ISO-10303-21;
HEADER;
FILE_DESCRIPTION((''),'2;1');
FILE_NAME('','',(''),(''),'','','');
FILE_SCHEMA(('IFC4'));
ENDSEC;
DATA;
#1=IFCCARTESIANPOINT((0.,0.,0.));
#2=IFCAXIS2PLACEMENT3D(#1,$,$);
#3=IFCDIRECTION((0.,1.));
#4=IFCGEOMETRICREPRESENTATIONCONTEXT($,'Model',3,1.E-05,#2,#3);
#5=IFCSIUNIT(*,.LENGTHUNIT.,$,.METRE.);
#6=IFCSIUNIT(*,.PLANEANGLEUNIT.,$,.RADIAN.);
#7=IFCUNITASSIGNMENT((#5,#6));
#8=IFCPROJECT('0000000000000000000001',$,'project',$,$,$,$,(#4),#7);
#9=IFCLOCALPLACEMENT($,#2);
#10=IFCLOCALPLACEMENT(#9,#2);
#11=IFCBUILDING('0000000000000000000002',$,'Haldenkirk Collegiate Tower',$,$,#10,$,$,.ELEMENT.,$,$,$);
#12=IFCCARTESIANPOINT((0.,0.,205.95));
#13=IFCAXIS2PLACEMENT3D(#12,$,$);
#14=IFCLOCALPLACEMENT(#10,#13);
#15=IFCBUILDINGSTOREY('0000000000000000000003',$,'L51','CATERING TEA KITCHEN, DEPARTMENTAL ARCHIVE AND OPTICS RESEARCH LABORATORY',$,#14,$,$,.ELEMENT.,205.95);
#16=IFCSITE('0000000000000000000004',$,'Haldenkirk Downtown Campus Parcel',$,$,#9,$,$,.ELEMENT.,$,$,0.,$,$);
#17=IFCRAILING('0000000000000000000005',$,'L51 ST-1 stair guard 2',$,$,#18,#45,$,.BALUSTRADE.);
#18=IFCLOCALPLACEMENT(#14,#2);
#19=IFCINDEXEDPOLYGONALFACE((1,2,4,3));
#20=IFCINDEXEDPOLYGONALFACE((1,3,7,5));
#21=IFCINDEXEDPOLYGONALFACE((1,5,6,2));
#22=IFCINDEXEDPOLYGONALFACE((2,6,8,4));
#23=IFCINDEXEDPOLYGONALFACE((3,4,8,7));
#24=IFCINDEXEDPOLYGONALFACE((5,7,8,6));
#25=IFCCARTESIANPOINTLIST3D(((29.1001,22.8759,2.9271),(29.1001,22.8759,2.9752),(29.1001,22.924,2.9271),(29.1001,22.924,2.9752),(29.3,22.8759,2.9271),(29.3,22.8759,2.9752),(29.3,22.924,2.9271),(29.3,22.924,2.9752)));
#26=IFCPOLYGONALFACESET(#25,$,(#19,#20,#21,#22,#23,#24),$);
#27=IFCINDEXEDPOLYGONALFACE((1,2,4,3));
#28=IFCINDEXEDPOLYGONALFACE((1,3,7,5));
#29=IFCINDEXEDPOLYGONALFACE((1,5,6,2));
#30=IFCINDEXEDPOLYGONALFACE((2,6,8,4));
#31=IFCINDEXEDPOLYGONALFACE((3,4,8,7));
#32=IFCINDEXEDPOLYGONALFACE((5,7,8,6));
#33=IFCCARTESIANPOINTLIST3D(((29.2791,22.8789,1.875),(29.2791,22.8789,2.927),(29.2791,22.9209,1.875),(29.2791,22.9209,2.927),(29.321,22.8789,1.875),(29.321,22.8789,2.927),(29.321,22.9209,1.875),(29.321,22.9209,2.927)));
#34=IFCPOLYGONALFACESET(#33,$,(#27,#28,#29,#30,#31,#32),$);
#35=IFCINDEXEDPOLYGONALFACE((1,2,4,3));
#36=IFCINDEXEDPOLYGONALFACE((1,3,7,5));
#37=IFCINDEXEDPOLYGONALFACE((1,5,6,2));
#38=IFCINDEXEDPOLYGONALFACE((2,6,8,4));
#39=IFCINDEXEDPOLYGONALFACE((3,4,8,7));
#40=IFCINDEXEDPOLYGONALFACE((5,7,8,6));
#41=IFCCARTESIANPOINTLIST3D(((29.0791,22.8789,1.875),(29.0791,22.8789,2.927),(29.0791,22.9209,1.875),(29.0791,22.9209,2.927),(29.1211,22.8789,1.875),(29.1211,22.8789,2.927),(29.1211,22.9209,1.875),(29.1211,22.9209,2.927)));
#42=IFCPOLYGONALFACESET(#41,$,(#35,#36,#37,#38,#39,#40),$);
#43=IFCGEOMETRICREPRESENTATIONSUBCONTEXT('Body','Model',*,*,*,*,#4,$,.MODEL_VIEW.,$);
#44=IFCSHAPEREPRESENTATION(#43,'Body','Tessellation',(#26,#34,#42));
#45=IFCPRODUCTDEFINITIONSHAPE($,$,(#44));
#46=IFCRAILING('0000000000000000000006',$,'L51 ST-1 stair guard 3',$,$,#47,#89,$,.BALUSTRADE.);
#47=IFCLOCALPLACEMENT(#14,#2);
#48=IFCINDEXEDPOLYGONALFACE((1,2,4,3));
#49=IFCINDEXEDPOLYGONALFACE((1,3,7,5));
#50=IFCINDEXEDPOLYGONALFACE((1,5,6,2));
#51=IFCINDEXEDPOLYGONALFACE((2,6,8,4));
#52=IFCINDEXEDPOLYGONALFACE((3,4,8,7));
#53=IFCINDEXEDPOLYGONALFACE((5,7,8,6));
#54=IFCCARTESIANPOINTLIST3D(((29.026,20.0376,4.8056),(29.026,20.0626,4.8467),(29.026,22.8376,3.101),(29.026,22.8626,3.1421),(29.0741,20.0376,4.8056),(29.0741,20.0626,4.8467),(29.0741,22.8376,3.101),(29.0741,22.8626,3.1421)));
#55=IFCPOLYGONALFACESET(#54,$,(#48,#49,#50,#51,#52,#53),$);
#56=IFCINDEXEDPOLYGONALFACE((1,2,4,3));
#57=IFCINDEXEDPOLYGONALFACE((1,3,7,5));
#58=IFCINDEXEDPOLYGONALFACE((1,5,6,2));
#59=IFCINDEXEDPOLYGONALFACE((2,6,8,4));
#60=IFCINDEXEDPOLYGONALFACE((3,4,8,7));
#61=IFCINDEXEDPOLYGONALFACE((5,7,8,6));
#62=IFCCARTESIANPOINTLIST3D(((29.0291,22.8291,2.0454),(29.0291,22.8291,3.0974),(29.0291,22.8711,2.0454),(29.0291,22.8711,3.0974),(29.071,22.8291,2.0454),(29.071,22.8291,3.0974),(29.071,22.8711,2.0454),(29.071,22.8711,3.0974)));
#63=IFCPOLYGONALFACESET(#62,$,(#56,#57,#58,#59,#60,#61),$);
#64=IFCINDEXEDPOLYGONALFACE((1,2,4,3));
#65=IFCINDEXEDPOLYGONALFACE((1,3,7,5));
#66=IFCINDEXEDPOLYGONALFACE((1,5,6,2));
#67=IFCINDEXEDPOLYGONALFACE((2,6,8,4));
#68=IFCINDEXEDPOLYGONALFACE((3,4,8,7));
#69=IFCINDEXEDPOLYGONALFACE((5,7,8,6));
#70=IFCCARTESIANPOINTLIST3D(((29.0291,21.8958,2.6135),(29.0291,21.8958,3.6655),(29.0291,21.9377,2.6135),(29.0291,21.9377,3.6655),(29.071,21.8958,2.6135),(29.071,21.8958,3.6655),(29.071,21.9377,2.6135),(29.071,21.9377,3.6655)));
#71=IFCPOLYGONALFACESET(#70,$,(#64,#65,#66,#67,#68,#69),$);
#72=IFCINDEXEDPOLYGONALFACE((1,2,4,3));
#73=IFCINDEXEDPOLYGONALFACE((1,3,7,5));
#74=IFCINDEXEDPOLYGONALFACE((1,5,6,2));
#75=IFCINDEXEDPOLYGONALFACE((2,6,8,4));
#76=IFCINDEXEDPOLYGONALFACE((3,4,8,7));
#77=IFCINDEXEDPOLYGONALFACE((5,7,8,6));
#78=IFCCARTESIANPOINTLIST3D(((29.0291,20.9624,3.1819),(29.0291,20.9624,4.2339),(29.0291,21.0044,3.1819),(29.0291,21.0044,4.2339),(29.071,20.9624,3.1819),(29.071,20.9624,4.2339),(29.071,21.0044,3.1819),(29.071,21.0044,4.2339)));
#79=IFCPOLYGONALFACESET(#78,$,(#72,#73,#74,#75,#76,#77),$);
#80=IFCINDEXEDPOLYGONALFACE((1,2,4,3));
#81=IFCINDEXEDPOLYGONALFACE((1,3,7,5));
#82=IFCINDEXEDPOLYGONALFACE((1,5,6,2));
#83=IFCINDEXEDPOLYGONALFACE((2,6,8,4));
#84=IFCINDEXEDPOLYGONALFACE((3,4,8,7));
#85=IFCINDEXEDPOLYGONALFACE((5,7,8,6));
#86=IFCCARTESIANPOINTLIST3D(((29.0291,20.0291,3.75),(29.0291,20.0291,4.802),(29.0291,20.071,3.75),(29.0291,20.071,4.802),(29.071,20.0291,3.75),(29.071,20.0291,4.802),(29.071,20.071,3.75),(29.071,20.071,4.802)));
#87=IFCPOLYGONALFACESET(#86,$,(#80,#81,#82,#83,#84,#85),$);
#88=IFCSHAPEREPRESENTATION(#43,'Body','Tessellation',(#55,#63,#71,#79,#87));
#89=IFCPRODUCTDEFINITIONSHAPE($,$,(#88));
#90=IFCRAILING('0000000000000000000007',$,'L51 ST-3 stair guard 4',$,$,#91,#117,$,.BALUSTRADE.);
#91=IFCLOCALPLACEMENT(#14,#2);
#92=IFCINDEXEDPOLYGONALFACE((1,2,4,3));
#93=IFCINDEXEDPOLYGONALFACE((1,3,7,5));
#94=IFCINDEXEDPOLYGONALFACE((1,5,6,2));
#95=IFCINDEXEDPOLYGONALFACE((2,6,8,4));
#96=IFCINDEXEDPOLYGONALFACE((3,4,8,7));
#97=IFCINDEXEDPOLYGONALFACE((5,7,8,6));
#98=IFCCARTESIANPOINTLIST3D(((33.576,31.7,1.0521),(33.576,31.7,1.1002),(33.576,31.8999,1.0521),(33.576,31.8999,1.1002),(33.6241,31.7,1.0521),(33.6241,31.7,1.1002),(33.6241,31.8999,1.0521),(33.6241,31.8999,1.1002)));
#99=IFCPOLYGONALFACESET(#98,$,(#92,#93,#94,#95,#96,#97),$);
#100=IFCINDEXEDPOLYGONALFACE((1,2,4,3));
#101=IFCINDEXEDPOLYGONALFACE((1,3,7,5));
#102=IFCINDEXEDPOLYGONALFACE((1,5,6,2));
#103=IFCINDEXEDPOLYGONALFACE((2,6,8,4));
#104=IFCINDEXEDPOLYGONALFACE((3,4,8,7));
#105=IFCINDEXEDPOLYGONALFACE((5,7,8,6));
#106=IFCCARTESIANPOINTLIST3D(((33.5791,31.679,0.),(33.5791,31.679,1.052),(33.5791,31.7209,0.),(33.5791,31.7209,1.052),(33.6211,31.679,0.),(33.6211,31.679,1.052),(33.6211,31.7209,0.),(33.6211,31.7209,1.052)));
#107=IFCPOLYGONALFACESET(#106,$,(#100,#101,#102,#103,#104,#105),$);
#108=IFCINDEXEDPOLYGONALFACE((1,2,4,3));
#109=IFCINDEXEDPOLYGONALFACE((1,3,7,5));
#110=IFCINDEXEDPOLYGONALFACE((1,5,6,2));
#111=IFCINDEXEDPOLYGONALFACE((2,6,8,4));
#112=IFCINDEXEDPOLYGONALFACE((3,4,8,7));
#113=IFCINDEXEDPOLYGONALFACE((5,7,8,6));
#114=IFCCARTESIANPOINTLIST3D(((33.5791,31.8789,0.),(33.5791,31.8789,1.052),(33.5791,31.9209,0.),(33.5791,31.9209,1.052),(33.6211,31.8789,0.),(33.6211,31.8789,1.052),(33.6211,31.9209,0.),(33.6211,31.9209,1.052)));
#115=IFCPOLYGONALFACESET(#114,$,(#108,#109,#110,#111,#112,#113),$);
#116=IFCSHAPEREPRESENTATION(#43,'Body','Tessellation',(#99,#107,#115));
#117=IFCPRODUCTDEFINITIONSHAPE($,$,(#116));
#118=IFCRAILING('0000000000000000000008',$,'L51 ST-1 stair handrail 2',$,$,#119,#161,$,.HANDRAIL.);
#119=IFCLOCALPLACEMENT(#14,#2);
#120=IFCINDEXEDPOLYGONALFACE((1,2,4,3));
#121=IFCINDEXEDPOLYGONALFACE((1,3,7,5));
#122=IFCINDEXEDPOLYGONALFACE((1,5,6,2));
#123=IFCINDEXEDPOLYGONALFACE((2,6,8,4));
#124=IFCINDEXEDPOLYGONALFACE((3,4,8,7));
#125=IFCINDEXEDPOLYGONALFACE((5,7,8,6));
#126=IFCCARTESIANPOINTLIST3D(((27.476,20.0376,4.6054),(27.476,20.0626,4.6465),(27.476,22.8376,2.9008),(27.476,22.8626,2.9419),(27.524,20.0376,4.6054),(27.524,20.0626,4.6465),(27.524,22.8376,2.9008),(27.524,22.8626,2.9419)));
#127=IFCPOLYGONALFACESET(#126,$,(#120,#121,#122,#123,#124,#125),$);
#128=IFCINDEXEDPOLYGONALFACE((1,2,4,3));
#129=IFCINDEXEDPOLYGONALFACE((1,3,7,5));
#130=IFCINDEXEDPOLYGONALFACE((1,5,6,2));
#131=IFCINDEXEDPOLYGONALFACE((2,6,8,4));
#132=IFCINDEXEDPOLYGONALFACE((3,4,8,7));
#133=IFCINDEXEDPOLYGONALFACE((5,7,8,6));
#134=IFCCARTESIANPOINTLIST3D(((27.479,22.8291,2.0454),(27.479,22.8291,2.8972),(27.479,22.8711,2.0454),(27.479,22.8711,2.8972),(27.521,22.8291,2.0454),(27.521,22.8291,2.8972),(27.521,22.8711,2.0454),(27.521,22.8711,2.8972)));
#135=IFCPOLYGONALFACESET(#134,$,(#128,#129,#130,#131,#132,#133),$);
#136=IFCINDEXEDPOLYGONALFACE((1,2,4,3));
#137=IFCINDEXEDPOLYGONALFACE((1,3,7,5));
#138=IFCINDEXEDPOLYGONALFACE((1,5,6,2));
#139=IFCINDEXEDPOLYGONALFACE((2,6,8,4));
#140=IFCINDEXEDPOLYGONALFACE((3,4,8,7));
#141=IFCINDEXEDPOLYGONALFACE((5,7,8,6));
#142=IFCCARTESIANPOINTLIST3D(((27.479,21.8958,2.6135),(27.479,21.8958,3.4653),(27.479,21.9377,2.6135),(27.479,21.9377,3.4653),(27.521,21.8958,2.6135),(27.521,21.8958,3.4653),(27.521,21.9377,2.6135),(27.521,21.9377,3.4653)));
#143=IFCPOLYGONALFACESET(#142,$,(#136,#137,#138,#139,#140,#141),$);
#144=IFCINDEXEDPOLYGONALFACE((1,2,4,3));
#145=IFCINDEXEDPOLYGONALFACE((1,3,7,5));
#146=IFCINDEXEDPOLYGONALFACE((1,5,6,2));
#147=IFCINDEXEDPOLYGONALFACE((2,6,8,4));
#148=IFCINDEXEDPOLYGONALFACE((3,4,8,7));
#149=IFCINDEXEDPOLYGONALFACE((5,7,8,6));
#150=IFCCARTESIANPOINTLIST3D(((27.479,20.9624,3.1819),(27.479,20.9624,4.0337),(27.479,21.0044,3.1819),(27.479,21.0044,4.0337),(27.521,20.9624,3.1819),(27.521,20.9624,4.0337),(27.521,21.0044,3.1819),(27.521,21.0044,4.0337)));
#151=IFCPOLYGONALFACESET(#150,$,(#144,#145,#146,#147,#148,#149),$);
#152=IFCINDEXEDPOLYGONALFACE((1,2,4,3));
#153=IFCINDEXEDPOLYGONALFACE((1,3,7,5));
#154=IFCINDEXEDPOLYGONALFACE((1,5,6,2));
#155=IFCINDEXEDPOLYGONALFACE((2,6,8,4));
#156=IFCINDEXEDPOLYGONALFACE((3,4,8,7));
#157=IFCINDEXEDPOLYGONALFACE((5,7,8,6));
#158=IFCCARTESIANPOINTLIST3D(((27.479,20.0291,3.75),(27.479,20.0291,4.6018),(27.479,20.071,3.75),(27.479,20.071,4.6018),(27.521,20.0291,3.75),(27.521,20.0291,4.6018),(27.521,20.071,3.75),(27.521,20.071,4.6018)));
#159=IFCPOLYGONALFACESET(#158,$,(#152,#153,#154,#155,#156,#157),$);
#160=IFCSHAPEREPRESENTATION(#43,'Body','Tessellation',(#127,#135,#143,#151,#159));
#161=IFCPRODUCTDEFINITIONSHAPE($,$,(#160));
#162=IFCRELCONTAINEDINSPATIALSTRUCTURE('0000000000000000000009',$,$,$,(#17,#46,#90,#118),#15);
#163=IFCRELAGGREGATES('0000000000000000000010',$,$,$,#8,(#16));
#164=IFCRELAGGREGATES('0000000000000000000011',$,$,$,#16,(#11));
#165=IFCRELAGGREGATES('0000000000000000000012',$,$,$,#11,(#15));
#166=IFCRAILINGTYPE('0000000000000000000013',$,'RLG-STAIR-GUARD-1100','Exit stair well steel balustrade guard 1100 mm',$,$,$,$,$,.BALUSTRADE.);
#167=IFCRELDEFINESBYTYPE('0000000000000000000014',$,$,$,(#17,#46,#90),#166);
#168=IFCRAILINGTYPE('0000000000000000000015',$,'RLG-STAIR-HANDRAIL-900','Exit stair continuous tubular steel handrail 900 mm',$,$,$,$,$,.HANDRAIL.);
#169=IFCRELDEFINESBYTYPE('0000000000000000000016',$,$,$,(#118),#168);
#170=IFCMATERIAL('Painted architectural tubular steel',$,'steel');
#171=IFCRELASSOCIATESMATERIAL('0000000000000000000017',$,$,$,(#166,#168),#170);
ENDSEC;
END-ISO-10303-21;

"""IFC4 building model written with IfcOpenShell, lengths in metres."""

from ifc_helpers import new_model, si_unit, direction, frame, origin, origin_2d, place, context, subcontext, project, spatial, rectangle, extrude, material, type_object, element, save


model = new_model("IFC4")

# Units and contexts
model_context = context("Model", 3, precision=1e-05, world=origin(), true_north=direction((0.0, 1.0)))
body_context = subcontext(model_context, "Body", "Model", "MODEL_VIEW")
ifc_project = project(units=[si_unit("LENGTHUNIT", "METRE"), si_unit("PLANEANGLEUNIT", "RADIAN")], contexts=[model_context])

# Site, building, storey
site_placement = place(None, origin())
site = spatial("IfcSite", under=ifc_project, at=site_placement, Name="Haldenkirk Downtown Campus Parcel", CompositionType="ELEMENT", RefElevation=0.0)
building_placement = place(site_placement, origin())
building = spatial("IfcBuilding", under=site, at=building_placement, Name="Haldenkirk Collegiate Tower", CompositionType="ELEMENT")
storey_placement = place(building_placement, frame((0.0, 0.0, 205.95)))
storey = spatial("IfcBuildingStorey", under=building, at=storey_placement, Name="L51", Description="CATERING TEA KITCHEN, DEPARTMENTAL ARCHIVE AND OPTICS RESEARCH LABORATORY", CompositionType="ELEMENT", Elevation=205.95)

# Railings
ifc_material_1 = material(Name="Painted architectural tubular steel", Category="steel")
railing_type_1 = type_object("IfcRailingType", Name="RLG-STAIR-GUARD-1100", Description="Exit stair well steel balustrade guard 1100 mm", PredefinedType="BALUSTRADE", material=ifc_material_1)
railing_1_placement = place(storey_placement, frame((29.3, 22.8999, 1.875)))
element("IfcRailing", 1, at=railing_1_placement, inside=storey, type_object=railing_type_1, Name="L51 ST-1 stair guard 2", PredefinedType="BALUSTRADE", context=body_context, shape_type="SweptSolid", body=[
    extrude(rectangle(XDim=0.0481, YDim=0.0481, at=origin_2d()), frame((0.0, 0.0, 1.0762), z_axis=(-1.0, 0.0, 0.0), x_axis=(0.0, -1.0, 0.0)), (0.0, 0.0, 1.0), 0.2),
    extrude(rectangle(XDim=0.042, YDim=0.042, at=origin_2d()), origin(), (0.0, 0.0, 1.0), 1.052),
    extrude(rectangle(XDim=0.042, YDim=0.042, at=origin_2d()), frame((-0.2, 0.0, 0.0)), (0.0, 0.0, 1.0), 1.052),
])
railing_2_placement = place(storey_placement, frame((29.05, 22.8501, 2.0454)))
element("IfcRailing", 2, at=railing_2_placement, inside=storey, type_object=railing_type_1, Name="L51 ST-1 stair guard 3", PredefinedType="BALUSTRADE", context=body_context, shape_type="SweptSolid", body=[
    extrude(rectangle(XDim=0.0481, YDim=0.0481, at=origin_2d()), frame((0.0, 0.0, 1.0762), z_axis=(0.0, -0.85417, 0.519994), x_axis=(1.0, 0.0, 0.0)), (0.0, 0.0, 1.0), 3.2781),
    extrude(rectangle(XDim=0.042, YDim=0.042, at=origin_2d()), origin(), (0.0, 0.0, 1.0), 1.052),
    extrude(rectangle(XDim=0.042, YDim=0.042, at=origin_2d()), frame((0.0, -0.9333, 0.5681)), (0.0, 0.0, 1.0), 1.052),
    extrude(rectangle(XDim=0.042, YDim=0.042, at=origin_2d()), frame((0.0, -1.8667, 1.1365)), (0.0, 0.0, 1.0), 1.052),
    extrude(rectangle(XDim=0.042, YDim=0.042, at=origin_2d()), frame((0.0, -2.8, 1.7046)), (0.0, 0.0, 1.0), 1.052),
])
railing_3_placement = place(storey_placement, frame((33.6001, 31.7, 0.0)))
element("IfcRailing", 3, at=railing_3_placement, inside=storey, type_object=railing_type_1, Name="L51 ST-3 stair guard 4", PredefinedType="BALUSTRADE", context=body_context, shape_type="SweptSolid", body=[
    extrude(rectangle(XDim=0.0481, YDim=0.0481, at=origin_2d()), frame((0.0, 0.0, 1.0762), z_axis=(0.0, 1.0, 0.0), x_axis=(-1.0, 0.0, 0.0)), (0.0, 0.0, 1.0), 0.2),
    extrude(rectangle(XDim=0.042, YDim=0.042, at=origin_2d()), origin(), (0.0, 0.0, 1.0), 1.052),
    extrude(rectangle(XDim=0.042, YDim=0.042, at=origin_2d()), frame((0.0, 0.2, 0.0)), (0.0, 0.0, 1.0), 1.052),
])
railing_type_2 = type_object("IfcRailingType", Name="RLG-STAIR-HANDRAIL-900", Description="Exit stair continuous tubular steel handrail 900 mm", PredefinedType="HANDRAIL", material=ifc_material_1)
railing_4_placement = place(storey_placement, frame((27.5, 22.8501, 2.0454)))
element("IfcRailing", 4, at=railing_4_placement, inside=storey, type_object=railing_type_2, Name="L51 ST-1 stair handrail 2", PredefinedType="HANDRAIL", context=body_context, shape_type="SweptSolid", body=[
    extrude(rectangle(XDim=0.0481, YDim=0.0481, at=origin_2d()), frame((0.0, 0.0, 0.876), z_axis=(0.0, -0.85417, 0.519994), x_axis=(1.0, 0.0, 0.0)), (0.0, 0.0, 1.0), 3.2781),
    extrude(rectangle(XDim=0.042, YDim=0.042, at=origin_2d()), origin(), (0.0, 0.0, 1.0), 0.8518),
    extrude(rectangle(XDim=0.042, YDim=0.042, at=origin_2d()), frame((0.0, -0.9333, 0.5681)), (0.0, 0.0, 1.0), 0.8518),
    extrude(rectangle(XDim=0.042, YDim=0.042, at=origin_2d()), frame((0.0, -1.8667, 1.1365)), (0.0, 0.0, 1.0), 0.8518),
    extrude(rectangle(XDim=0.042, YDim=0.042, at=origin_2d()), frame((0.0, -2.8, 1.7046)), (0.0, 0.0, 1.0), 0.8518),
])

save(model, "model.ifc")
